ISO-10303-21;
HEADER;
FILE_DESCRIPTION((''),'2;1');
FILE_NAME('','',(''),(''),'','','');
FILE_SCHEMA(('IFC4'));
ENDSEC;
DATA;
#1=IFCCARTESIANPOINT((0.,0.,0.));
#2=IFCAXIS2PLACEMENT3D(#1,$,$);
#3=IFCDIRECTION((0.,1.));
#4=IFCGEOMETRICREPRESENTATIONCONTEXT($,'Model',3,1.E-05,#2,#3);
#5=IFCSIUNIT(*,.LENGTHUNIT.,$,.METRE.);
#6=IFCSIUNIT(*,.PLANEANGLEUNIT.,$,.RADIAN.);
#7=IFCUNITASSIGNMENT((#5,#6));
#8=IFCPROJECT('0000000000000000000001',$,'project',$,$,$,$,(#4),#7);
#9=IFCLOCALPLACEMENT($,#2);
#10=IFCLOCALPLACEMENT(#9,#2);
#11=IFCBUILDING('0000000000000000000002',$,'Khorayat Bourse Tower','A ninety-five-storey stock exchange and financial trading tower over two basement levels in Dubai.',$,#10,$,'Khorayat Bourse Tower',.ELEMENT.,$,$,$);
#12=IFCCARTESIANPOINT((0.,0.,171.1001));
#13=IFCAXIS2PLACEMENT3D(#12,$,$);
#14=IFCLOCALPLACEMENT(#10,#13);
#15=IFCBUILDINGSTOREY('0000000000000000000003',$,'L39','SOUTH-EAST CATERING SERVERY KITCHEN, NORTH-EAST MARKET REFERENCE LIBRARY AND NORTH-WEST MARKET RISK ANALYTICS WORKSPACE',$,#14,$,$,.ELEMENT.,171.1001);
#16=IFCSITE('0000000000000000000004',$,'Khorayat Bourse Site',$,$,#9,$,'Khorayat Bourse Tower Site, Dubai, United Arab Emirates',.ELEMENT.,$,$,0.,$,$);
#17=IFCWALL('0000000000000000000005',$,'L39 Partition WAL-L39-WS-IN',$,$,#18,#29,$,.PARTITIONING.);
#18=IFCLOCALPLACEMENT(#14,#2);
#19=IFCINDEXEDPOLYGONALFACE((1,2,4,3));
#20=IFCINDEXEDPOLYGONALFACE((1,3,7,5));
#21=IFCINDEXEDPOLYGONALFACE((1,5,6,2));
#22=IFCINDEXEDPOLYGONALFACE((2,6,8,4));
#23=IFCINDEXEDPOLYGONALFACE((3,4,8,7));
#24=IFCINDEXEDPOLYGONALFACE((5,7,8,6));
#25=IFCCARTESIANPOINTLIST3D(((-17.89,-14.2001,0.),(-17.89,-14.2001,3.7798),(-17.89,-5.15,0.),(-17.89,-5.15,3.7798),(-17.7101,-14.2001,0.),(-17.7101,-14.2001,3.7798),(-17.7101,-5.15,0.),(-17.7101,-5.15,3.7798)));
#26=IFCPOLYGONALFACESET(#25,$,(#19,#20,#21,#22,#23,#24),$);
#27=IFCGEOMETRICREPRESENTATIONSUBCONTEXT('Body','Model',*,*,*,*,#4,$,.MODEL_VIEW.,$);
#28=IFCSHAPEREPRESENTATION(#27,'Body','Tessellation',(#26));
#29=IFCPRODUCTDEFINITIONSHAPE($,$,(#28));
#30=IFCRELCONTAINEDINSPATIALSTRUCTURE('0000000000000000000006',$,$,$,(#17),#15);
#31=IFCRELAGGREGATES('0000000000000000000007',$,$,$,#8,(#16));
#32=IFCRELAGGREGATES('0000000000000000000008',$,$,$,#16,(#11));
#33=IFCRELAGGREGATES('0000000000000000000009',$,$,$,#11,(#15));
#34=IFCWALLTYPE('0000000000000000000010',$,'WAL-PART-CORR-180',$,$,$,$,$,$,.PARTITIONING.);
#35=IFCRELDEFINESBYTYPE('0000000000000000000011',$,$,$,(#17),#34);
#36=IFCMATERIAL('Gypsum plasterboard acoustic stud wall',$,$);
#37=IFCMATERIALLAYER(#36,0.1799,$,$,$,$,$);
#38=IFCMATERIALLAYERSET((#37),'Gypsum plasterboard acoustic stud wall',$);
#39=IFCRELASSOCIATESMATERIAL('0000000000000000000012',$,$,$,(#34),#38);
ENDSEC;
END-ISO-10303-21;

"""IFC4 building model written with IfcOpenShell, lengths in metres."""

from ifc_helpers import new_model, si_unit, direction, frame, frame_2d, origin, place, context, subcontext, project, spatial, rectangle, extrude, source, transform, mapped, material, layer, layer_set, type_object, element, save


model = new_model("IFC4")

# Units and contexts
model_context = context("Model", 3, precision=1e-05, world=origin(), true_north=direction((0.0, 1.0)))
body_context = subcontext(model_context, "Body", "Model", "MODEL_VIEW")
ifc_project = project(units=[si_unit("LENGTHUNIT", "METRE"), si_unit("PLANEANGLEUNIT", "RADIAN")], contexts=[model_context])

# Site, building, storey
site_placement = place(None, origin())
site = spatial("IfcSite", under=ifc_project, at=site_placement, Name="Khorayat Bourse Site", LongName="Khorayat Bourse Tower Site, Dubai, United Arab Emirates", CompositionType="ELEMENT", RefElevation=0.0)
building_placement = place(site_placement, origin())
building = spatial("IfcBuilding", under=site, at=building_placement, Name="Khorayat Bourse Tower", Description="A ninety-five-storey stock exchange and financial trading tower over two basement levels in Dubai.", LongName="Khorayat Bourse Tower", CompositionType="ELEMENT")
storey_placement = place(building_placement, frame((0.0, 0.0, 171.1001)))
storey = spatial("IfcBuildingStorey", under=building, at=storey_placement, Name="L39", Description="SOUTH-EAST CATERING SERVERY KITCHEN, NORTH-EAST MARKET REFERENCE LIBRARY AND NORTH-WEST MARKET RISK ANALYTICS WORKSPACE", CompositionType="ELEMENT", Elevation=171.1001)

# Shared definitions
ifc_material_1 = material(Name="Gypsum plasterboard acoustic stud wall")
ifc_layer_1 = layer(ifc_material_1, 0.1799)
ifc_layer_set_1 = layer_set([ifc_layer_1], Name="Gypsum plasterboard acoustic stud wall")
wall_type_1 = type_object("IfcWallType", Name="WAL-PART-CORR-180", PredefinedType="PARTITIONING", material=ifc_layer_set_1)

# Wall
shared_shape_1 = source(origin(), body_context, "Body", "SweptSolid", [
    extrude(rectangle(XDim=9.05, YDim=0.1799, at=frame_2d((4.5249, 0.0))), origin(), (0.0, 0.0, 1.0), 3.7798),
])
wall_1_placement = place(storey_placement, frame((-17.8, -14.2, 0.0), z_axis=(0.0, 0.0, 1.0), x_axis=(0.0, 1.0, 0.0)))
element("IfcWall", 1, at=wall_1_placement, inside=storey, type_object=wall_type_1, Name="L39 Partition WAL-L39-WS-IN", PredefinedType="PARTITIONING", context=body_context, shape_type="MappedRepresentation", body=[
    mapped(shared_shape_1, transform((0.0, 0.0, 0.0), scale=1.0)),
])

save(model, "model.ifc")
